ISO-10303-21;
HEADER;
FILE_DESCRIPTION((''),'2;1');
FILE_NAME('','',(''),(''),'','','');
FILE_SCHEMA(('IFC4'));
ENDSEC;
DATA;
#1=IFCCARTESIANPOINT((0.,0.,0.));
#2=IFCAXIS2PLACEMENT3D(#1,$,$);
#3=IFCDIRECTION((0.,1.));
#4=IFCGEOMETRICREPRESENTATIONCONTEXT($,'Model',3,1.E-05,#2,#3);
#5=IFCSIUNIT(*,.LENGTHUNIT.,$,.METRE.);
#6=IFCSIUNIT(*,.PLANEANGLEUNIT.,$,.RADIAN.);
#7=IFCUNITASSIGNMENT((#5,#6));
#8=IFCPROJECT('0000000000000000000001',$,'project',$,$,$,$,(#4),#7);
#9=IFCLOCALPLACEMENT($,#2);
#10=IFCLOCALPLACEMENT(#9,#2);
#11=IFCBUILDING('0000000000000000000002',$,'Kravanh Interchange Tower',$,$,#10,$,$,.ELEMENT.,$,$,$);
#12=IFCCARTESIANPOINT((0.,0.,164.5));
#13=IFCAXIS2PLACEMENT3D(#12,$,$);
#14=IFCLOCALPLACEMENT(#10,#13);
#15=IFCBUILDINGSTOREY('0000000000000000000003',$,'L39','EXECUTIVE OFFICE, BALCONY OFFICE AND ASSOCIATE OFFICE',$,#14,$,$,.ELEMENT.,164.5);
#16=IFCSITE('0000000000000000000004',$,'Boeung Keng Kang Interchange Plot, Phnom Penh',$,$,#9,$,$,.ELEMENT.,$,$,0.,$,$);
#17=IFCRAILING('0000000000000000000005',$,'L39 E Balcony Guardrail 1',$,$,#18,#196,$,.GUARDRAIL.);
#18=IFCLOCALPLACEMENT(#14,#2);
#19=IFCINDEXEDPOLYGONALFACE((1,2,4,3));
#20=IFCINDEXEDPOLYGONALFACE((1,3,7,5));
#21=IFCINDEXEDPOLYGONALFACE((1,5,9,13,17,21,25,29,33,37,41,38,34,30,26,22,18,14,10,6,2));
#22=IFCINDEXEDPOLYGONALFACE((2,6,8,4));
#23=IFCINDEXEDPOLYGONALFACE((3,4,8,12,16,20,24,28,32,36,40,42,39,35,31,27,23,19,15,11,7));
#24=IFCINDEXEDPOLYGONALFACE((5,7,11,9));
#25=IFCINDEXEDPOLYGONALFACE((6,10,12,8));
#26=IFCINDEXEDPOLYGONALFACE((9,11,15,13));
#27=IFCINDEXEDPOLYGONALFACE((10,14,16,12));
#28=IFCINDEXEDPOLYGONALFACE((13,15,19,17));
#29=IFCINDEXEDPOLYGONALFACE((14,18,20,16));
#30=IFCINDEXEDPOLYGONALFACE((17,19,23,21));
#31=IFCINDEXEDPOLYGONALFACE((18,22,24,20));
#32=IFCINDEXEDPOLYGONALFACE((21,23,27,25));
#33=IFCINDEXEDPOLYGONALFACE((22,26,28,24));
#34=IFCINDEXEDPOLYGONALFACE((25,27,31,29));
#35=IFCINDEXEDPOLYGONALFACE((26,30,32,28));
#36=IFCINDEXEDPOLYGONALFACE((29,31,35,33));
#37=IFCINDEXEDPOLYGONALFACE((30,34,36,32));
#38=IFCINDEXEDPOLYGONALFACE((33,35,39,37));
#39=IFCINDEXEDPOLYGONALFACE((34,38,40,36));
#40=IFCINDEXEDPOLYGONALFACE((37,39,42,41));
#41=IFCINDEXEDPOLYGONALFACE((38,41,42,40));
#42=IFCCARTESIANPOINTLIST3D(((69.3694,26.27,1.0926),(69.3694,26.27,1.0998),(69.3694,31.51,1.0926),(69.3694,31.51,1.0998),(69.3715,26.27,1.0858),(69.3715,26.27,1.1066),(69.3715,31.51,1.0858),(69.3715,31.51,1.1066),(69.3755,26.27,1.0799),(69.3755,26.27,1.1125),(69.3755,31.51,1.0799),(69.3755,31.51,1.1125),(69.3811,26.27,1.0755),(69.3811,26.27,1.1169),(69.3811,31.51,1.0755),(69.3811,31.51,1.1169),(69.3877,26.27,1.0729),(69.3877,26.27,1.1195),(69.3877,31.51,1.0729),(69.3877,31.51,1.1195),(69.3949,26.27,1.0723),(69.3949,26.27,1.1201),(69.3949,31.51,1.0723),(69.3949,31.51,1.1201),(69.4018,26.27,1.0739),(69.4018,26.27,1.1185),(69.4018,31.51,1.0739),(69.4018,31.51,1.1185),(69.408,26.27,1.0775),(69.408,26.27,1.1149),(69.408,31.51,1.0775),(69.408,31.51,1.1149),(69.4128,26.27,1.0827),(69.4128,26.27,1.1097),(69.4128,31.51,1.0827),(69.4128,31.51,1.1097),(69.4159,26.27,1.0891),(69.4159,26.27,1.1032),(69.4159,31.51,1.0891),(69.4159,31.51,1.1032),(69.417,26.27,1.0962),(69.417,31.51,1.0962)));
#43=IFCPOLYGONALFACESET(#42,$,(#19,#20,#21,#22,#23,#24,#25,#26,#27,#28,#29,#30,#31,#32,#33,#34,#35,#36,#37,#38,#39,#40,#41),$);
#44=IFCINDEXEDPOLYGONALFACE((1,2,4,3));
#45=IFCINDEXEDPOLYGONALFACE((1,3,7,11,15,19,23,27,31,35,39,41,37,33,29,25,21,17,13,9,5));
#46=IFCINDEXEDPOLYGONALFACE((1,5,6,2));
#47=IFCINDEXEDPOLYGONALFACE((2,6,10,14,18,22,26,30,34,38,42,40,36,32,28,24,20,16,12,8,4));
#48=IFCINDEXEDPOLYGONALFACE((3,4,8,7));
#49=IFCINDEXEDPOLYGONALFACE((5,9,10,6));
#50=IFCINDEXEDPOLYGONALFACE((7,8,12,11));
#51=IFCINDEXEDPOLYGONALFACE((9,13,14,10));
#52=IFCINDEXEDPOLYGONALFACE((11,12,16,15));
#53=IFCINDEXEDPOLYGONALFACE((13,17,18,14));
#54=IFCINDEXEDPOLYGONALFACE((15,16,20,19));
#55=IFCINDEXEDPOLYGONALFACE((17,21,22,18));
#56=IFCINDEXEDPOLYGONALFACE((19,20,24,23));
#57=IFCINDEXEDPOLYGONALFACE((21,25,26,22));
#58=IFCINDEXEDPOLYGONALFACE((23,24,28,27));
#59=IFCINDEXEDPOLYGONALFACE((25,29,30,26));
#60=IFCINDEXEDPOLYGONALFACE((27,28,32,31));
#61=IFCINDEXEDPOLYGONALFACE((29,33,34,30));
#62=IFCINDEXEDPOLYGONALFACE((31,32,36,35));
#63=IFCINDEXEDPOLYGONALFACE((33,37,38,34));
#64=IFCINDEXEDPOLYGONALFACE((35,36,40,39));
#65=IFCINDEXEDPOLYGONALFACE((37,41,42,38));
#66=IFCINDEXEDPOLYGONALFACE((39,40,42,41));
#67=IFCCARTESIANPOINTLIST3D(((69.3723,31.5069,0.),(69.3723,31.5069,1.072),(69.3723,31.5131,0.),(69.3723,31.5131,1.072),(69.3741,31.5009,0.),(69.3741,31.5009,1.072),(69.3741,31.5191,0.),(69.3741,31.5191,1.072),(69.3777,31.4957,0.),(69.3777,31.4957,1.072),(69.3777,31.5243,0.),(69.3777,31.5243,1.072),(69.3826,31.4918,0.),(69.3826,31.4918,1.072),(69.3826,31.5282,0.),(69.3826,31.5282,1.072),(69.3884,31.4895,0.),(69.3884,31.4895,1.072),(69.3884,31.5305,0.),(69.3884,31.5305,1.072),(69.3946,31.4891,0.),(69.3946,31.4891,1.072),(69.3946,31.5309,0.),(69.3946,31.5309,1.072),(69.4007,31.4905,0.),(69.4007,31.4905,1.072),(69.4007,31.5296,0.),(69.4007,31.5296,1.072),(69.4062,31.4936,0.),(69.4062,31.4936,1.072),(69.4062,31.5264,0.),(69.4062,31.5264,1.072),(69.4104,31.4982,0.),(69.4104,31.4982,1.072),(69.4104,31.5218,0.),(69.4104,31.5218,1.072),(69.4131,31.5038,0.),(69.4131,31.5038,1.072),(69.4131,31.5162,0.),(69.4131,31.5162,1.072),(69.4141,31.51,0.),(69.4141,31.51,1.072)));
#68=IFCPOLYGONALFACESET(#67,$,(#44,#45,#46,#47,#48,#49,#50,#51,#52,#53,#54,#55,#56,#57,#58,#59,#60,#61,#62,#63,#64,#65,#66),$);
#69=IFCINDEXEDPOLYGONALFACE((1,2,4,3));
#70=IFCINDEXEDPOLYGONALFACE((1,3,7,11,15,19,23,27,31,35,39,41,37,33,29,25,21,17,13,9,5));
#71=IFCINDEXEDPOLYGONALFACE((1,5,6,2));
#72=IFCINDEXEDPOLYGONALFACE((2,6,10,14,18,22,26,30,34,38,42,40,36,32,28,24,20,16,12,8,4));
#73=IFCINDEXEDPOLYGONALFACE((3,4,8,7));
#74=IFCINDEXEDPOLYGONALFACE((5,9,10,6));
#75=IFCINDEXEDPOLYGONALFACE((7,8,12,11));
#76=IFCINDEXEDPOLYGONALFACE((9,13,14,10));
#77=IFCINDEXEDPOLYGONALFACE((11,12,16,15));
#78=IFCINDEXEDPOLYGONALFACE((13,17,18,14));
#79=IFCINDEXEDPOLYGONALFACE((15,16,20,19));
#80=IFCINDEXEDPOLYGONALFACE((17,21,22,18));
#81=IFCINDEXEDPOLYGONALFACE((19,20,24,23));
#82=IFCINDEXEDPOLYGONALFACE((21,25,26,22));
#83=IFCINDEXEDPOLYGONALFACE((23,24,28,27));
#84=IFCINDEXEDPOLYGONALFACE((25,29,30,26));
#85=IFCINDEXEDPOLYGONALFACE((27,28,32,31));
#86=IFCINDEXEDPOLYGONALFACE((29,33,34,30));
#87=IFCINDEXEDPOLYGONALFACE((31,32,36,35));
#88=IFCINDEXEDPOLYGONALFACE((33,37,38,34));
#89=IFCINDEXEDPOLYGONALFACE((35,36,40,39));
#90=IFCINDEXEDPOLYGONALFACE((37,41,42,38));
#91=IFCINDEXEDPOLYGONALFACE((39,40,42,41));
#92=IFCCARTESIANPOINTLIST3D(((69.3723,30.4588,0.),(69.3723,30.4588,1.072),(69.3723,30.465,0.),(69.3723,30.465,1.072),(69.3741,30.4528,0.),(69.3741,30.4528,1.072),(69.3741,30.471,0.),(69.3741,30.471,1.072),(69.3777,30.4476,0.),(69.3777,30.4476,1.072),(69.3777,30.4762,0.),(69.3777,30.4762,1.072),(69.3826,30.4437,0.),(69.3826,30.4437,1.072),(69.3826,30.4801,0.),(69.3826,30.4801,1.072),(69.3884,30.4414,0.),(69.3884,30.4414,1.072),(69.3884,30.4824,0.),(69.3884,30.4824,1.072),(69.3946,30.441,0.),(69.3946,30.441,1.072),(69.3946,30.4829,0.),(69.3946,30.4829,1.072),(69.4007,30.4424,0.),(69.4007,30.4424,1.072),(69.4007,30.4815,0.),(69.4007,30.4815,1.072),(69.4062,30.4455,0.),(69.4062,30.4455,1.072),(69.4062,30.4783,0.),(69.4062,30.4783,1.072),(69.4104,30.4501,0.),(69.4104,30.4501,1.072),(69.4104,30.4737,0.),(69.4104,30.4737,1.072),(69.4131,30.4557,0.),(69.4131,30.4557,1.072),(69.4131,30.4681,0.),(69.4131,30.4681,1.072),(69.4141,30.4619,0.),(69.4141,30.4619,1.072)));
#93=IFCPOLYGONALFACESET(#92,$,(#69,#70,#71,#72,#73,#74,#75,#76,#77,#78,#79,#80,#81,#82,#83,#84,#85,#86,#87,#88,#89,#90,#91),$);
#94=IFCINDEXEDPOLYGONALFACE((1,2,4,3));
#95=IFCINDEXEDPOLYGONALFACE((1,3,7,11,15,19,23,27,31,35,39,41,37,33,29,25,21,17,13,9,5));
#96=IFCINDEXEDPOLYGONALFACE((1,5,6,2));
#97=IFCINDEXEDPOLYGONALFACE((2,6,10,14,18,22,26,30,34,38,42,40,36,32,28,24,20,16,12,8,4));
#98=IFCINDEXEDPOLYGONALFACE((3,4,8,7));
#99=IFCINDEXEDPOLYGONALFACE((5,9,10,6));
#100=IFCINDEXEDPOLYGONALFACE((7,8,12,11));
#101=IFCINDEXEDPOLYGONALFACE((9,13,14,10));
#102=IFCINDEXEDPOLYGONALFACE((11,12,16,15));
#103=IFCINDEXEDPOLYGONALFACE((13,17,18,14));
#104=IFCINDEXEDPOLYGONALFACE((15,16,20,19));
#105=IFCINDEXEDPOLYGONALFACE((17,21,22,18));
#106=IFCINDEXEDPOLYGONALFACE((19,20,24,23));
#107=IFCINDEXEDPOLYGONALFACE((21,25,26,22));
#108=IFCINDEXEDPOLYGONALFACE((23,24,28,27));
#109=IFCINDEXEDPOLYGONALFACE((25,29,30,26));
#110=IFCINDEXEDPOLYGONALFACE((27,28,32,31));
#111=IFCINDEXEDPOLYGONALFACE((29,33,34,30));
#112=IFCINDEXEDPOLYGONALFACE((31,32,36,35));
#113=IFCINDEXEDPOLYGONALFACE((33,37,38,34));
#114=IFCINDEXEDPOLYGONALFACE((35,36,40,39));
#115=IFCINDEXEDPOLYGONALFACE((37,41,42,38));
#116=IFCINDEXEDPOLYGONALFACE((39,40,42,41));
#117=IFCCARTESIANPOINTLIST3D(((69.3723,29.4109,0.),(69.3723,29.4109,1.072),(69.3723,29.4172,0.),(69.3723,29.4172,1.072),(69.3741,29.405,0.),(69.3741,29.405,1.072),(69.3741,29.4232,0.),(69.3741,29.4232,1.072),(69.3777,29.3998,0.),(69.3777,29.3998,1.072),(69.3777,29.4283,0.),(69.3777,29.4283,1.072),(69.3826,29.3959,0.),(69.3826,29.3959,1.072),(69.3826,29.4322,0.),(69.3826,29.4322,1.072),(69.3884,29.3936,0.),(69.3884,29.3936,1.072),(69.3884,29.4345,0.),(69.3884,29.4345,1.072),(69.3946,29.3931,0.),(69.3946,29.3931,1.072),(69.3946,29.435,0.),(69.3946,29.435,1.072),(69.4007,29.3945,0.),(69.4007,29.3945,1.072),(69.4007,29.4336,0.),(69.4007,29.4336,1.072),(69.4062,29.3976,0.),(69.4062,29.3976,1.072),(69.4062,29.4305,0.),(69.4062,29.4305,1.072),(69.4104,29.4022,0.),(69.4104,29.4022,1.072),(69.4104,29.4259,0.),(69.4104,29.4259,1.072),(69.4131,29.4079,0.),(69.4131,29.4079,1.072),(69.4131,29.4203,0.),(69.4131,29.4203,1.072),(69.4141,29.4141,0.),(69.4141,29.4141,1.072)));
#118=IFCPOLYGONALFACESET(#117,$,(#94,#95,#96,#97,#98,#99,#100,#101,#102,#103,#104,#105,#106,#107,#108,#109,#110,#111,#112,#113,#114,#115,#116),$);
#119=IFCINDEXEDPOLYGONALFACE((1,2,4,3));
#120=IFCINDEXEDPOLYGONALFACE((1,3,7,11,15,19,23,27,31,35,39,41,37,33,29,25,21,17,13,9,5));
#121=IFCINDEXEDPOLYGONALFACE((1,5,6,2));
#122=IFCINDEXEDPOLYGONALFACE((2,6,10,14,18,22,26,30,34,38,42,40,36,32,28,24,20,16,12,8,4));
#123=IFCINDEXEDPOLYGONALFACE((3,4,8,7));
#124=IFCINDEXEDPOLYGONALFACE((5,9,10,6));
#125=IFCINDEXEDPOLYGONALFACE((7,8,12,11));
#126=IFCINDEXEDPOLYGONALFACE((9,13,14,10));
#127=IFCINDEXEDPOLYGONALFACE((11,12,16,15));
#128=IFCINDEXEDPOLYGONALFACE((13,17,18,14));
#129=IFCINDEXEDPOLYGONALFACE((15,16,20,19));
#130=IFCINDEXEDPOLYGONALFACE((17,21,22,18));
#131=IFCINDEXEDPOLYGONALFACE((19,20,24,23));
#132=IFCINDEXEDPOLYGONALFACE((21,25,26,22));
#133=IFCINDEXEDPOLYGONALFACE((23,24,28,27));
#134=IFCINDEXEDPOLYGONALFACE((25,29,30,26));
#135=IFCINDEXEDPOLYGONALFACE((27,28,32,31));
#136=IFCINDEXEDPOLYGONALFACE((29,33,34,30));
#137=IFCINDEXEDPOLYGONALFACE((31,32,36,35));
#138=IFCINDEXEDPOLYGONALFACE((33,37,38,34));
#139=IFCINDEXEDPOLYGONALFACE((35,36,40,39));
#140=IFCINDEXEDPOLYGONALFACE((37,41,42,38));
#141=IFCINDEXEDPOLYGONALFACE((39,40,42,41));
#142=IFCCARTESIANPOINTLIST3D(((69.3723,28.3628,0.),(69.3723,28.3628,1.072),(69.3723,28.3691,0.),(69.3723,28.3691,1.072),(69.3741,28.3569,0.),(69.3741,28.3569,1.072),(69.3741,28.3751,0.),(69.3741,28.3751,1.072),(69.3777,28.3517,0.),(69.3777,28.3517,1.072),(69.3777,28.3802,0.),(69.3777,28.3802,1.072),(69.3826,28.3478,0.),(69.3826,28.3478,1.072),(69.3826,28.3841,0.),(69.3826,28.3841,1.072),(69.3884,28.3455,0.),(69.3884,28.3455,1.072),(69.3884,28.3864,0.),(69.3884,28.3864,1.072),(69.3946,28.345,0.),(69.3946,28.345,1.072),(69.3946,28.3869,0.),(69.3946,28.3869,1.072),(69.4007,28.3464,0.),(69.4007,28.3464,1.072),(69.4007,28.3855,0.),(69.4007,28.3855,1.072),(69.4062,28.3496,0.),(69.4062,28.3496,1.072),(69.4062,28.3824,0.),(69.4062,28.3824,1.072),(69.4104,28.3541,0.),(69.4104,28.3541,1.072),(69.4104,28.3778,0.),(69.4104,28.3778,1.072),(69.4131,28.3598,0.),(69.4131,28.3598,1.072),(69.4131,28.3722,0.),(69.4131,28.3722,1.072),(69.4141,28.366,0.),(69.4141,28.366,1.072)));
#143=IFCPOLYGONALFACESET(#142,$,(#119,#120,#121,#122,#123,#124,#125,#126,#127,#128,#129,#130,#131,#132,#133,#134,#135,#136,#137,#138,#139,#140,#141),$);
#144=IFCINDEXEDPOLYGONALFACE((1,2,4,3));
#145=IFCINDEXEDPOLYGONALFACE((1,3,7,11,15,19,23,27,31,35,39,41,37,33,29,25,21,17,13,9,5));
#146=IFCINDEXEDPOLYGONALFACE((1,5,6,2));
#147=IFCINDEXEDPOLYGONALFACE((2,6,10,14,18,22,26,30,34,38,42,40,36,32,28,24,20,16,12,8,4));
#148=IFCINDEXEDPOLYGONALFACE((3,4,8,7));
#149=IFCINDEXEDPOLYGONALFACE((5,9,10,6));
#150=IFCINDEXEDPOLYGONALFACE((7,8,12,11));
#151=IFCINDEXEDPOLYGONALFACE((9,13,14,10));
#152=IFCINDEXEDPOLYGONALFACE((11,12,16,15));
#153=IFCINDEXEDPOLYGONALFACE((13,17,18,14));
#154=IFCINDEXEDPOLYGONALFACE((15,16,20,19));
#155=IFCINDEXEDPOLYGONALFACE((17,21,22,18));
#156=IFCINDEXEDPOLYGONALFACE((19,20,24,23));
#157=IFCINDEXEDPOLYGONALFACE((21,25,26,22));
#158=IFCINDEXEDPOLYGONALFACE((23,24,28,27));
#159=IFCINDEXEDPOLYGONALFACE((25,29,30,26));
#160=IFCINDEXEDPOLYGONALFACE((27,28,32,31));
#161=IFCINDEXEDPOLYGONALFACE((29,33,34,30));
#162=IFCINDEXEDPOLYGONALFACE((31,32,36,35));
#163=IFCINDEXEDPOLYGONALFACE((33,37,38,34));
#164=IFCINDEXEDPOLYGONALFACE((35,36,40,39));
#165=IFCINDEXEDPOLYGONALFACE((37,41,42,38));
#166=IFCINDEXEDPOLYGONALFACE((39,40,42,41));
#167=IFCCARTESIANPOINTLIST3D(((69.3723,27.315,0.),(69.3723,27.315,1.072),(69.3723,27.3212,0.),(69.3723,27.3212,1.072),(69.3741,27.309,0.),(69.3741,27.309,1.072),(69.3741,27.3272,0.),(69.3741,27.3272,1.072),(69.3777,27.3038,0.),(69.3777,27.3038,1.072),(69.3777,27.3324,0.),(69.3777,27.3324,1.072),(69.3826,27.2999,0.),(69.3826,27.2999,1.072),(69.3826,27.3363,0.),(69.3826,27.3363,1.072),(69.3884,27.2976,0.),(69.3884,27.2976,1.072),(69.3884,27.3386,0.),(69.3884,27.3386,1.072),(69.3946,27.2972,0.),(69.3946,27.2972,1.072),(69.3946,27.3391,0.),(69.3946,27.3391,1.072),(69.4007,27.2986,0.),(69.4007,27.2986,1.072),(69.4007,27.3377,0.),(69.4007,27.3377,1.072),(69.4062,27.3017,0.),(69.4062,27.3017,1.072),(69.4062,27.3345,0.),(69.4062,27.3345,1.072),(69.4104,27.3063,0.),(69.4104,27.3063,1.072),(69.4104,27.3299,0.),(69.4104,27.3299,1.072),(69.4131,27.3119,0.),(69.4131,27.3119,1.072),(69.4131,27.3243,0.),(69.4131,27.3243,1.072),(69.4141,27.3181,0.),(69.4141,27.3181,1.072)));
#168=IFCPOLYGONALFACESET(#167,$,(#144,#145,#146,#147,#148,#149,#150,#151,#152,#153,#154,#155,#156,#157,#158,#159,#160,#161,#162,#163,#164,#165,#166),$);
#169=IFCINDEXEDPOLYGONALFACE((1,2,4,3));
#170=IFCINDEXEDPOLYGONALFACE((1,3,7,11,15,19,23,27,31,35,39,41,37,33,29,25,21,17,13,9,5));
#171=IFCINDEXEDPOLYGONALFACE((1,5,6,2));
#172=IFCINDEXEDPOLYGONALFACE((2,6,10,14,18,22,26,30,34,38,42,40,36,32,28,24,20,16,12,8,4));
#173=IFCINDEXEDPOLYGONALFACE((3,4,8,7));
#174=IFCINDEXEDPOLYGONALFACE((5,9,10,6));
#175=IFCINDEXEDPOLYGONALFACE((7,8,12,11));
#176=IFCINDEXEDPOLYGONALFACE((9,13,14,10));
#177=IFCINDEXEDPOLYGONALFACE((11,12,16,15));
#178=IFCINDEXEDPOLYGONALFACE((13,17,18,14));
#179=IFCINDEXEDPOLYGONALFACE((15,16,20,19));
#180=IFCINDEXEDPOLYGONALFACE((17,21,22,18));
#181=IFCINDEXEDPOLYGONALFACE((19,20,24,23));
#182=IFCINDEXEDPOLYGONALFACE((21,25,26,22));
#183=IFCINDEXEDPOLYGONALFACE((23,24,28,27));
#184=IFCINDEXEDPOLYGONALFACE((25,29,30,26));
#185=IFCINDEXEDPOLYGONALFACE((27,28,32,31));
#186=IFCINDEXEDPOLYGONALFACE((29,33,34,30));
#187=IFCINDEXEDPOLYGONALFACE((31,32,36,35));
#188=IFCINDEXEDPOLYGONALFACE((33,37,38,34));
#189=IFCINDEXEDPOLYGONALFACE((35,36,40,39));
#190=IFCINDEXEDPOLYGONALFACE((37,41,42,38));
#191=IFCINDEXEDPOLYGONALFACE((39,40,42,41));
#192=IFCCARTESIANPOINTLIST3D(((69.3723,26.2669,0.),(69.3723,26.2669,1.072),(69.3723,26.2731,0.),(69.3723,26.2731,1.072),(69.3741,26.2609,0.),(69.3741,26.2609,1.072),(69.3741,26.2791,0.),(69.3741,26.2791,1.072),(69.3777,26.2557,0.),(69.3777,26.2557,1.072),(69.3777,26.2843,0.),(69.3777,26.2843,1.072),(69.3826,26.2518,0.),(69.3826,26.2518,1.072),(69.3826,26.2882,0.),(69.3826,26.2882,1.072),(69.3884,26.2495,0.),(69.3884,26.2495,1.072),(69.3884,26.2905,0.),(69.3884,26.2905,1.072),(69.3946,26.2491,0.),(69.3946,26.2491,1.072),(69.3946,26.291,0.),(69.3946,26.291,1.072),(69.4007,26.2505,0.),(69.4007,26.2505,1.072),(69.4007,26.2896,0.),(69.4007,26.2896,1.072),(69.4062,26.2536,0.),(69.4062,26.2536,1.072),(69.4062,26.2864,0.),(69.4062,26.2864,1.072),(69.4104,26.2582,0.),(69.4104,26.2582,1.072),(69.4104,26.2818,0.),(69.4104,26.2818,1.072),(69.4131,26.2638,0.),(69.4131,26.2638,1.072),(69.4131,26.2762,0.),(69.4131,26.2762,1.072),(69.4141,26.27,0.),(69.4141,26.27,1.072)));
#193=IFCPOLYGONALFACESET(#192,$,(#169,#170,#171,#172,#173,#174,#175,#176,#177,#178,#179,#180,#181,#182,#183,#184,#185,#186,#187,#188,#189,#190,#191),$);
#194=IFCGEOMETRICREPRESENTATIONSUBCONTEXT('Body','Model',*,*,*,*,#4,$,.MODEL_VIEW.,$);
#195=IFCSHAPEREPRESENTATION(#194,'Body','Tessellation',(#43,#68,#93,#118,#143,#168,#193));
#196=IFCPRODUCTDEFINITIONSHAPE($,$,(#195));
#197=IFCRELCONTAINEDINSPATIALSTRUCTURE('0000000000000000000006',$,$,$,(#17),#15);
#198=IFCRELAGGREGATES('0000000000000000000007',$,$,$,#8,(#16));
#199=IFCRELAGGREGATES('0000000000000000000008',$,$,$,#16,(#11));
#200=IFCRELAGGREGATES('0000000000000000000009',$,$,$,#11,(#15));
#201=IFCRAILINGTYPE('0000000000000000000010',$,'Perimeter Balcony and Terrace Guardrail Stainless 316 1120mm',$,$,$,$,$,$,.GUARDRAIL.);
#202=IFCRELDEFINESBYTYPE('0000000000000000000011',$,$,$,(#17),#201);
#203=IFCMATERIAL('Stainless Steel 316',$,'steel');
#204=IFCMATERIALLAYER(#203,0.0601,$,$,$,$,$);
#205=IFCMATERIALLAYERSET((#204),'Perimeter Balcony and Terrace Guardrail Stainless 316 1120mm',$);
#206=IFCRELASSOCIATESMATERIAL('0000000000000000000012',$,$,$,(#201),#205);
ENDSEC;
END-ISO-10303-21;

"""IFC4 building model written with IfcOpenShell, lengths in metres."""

from ifc_helpers import new_model, si_unit, direction, frame, origin, origin_2d, place, context, subcontext, project, spatial, circle, extrude, material, layer, layer_set, type_object, element, save


model = new_model("IFC4")

# Units and contexts
model_context = context("Model", 3, precision=1e-05, world=origin(), true_north=direction((0.0, 1.0)))
body_context = subcontext(model_context, "Body", "Model", "MODEL_VIEW")
ifc_project = project(units=[si_unit("LENGTHUNIT", "METRE"), si_unit("PLANEANGLEUNIT", "RADIAN")], contexts=[model_context])

# Site, building, storey
site_placement = place(None, origin())
site = spatial("IfcSite", under=ifc_project, at=site_placement, Name="Boeung Keng Kang Interchange Plot, Phnom Penh", CompositionType="ELEMENT", RefElevation=0.0)
building_placement = place(site_placement, origin())
building = spatial("IfcBuilding", under=site, at=building_placement, Name="Kravanh Interchange Tower", CompositionType="ELEMENT")
storey_placement = place(building_placement, frame((0.0, 0.0, 164.5)))
storey = spatial("IfcBuildingStorey", under=building, at=storey_placement, Name="L39", Description="EXECUTIVE OFFICE, BALCONY OFFICE AND ASSOCIATE OFFICE", CompositionType="ELEMENT", Elevation=164.5)

# Railing
ifc_material_1 = material(Name="Stainless Steel 316", Category="steel")
ifc_layer_1 = layer(ifc_material_1, 0.0601)
ifc_layer_set_1 = layer_set([ifc_layer_1], Name="Perimeter Balcony and Terrace Guardrail Stainless 316 1120mm")
railing_type_1 = type_object("IfcRailingType", Name="Perimeter Balcony and Terrace Guardrail Stainless 316 1120mm", PredefinedType="GUARDRAIL", material=ifc_layer_set_1)
railing_1_placement = place(storey_placement, frame((69.3931, 31.51, 0.0)))
element("IfcRailing", 1, at=railing_1_placement, inside=storey, type_object=railing_type_1, Name="L39 E Balcony Guardrail 1", PredefinedType="GUARDRAIL", context=body_context, shape_type="SweptSolid", body=[
    extrude(circle(Radius=0.0239, at=origin_2d()), frame((0.0, 0.0, 1.0962), z_axis=(0.0, -1.0, 0.0), x_axis=(1.0, 0.0, 0.0)), (0.0, 0.0, 1.0), 5.24),
    extrude(circle(Radius=0.021, at=origin_2d()), origin(), (0.0, 0.0, 1.0), 1.072),
    extrude(circle(Radius=0.021, at=origin_2d()), frame((0.0, -1.0481, 0.0)), (0.0, 0.0, 1.0), 1.072),
    extrude(circle(Radius=0.021, at=origin_2d()), frame((0.0, -2.0959, 0.0)), (0.0, 0.0, 1.0), 1.072),
    extrude(circle(Radius=0.021, at=origin_2d()), frame((0.0, -3.144, 0.0)), (0.0, 0.0, 1.0), 1.072),
    extrude(circle(Radius=0.021, at=origin_2d()), frame((0.0, -4.1919, 0.0)), (0.0, 0.0, 1.0), 1.072),
    extrude(circle(Radius=0.021, at=origin_2d()), frame((0.0, -5.24, 0.0)), (0.0, 0.0, 1.0), 1.072),
])

save(model, "model.ifc")
